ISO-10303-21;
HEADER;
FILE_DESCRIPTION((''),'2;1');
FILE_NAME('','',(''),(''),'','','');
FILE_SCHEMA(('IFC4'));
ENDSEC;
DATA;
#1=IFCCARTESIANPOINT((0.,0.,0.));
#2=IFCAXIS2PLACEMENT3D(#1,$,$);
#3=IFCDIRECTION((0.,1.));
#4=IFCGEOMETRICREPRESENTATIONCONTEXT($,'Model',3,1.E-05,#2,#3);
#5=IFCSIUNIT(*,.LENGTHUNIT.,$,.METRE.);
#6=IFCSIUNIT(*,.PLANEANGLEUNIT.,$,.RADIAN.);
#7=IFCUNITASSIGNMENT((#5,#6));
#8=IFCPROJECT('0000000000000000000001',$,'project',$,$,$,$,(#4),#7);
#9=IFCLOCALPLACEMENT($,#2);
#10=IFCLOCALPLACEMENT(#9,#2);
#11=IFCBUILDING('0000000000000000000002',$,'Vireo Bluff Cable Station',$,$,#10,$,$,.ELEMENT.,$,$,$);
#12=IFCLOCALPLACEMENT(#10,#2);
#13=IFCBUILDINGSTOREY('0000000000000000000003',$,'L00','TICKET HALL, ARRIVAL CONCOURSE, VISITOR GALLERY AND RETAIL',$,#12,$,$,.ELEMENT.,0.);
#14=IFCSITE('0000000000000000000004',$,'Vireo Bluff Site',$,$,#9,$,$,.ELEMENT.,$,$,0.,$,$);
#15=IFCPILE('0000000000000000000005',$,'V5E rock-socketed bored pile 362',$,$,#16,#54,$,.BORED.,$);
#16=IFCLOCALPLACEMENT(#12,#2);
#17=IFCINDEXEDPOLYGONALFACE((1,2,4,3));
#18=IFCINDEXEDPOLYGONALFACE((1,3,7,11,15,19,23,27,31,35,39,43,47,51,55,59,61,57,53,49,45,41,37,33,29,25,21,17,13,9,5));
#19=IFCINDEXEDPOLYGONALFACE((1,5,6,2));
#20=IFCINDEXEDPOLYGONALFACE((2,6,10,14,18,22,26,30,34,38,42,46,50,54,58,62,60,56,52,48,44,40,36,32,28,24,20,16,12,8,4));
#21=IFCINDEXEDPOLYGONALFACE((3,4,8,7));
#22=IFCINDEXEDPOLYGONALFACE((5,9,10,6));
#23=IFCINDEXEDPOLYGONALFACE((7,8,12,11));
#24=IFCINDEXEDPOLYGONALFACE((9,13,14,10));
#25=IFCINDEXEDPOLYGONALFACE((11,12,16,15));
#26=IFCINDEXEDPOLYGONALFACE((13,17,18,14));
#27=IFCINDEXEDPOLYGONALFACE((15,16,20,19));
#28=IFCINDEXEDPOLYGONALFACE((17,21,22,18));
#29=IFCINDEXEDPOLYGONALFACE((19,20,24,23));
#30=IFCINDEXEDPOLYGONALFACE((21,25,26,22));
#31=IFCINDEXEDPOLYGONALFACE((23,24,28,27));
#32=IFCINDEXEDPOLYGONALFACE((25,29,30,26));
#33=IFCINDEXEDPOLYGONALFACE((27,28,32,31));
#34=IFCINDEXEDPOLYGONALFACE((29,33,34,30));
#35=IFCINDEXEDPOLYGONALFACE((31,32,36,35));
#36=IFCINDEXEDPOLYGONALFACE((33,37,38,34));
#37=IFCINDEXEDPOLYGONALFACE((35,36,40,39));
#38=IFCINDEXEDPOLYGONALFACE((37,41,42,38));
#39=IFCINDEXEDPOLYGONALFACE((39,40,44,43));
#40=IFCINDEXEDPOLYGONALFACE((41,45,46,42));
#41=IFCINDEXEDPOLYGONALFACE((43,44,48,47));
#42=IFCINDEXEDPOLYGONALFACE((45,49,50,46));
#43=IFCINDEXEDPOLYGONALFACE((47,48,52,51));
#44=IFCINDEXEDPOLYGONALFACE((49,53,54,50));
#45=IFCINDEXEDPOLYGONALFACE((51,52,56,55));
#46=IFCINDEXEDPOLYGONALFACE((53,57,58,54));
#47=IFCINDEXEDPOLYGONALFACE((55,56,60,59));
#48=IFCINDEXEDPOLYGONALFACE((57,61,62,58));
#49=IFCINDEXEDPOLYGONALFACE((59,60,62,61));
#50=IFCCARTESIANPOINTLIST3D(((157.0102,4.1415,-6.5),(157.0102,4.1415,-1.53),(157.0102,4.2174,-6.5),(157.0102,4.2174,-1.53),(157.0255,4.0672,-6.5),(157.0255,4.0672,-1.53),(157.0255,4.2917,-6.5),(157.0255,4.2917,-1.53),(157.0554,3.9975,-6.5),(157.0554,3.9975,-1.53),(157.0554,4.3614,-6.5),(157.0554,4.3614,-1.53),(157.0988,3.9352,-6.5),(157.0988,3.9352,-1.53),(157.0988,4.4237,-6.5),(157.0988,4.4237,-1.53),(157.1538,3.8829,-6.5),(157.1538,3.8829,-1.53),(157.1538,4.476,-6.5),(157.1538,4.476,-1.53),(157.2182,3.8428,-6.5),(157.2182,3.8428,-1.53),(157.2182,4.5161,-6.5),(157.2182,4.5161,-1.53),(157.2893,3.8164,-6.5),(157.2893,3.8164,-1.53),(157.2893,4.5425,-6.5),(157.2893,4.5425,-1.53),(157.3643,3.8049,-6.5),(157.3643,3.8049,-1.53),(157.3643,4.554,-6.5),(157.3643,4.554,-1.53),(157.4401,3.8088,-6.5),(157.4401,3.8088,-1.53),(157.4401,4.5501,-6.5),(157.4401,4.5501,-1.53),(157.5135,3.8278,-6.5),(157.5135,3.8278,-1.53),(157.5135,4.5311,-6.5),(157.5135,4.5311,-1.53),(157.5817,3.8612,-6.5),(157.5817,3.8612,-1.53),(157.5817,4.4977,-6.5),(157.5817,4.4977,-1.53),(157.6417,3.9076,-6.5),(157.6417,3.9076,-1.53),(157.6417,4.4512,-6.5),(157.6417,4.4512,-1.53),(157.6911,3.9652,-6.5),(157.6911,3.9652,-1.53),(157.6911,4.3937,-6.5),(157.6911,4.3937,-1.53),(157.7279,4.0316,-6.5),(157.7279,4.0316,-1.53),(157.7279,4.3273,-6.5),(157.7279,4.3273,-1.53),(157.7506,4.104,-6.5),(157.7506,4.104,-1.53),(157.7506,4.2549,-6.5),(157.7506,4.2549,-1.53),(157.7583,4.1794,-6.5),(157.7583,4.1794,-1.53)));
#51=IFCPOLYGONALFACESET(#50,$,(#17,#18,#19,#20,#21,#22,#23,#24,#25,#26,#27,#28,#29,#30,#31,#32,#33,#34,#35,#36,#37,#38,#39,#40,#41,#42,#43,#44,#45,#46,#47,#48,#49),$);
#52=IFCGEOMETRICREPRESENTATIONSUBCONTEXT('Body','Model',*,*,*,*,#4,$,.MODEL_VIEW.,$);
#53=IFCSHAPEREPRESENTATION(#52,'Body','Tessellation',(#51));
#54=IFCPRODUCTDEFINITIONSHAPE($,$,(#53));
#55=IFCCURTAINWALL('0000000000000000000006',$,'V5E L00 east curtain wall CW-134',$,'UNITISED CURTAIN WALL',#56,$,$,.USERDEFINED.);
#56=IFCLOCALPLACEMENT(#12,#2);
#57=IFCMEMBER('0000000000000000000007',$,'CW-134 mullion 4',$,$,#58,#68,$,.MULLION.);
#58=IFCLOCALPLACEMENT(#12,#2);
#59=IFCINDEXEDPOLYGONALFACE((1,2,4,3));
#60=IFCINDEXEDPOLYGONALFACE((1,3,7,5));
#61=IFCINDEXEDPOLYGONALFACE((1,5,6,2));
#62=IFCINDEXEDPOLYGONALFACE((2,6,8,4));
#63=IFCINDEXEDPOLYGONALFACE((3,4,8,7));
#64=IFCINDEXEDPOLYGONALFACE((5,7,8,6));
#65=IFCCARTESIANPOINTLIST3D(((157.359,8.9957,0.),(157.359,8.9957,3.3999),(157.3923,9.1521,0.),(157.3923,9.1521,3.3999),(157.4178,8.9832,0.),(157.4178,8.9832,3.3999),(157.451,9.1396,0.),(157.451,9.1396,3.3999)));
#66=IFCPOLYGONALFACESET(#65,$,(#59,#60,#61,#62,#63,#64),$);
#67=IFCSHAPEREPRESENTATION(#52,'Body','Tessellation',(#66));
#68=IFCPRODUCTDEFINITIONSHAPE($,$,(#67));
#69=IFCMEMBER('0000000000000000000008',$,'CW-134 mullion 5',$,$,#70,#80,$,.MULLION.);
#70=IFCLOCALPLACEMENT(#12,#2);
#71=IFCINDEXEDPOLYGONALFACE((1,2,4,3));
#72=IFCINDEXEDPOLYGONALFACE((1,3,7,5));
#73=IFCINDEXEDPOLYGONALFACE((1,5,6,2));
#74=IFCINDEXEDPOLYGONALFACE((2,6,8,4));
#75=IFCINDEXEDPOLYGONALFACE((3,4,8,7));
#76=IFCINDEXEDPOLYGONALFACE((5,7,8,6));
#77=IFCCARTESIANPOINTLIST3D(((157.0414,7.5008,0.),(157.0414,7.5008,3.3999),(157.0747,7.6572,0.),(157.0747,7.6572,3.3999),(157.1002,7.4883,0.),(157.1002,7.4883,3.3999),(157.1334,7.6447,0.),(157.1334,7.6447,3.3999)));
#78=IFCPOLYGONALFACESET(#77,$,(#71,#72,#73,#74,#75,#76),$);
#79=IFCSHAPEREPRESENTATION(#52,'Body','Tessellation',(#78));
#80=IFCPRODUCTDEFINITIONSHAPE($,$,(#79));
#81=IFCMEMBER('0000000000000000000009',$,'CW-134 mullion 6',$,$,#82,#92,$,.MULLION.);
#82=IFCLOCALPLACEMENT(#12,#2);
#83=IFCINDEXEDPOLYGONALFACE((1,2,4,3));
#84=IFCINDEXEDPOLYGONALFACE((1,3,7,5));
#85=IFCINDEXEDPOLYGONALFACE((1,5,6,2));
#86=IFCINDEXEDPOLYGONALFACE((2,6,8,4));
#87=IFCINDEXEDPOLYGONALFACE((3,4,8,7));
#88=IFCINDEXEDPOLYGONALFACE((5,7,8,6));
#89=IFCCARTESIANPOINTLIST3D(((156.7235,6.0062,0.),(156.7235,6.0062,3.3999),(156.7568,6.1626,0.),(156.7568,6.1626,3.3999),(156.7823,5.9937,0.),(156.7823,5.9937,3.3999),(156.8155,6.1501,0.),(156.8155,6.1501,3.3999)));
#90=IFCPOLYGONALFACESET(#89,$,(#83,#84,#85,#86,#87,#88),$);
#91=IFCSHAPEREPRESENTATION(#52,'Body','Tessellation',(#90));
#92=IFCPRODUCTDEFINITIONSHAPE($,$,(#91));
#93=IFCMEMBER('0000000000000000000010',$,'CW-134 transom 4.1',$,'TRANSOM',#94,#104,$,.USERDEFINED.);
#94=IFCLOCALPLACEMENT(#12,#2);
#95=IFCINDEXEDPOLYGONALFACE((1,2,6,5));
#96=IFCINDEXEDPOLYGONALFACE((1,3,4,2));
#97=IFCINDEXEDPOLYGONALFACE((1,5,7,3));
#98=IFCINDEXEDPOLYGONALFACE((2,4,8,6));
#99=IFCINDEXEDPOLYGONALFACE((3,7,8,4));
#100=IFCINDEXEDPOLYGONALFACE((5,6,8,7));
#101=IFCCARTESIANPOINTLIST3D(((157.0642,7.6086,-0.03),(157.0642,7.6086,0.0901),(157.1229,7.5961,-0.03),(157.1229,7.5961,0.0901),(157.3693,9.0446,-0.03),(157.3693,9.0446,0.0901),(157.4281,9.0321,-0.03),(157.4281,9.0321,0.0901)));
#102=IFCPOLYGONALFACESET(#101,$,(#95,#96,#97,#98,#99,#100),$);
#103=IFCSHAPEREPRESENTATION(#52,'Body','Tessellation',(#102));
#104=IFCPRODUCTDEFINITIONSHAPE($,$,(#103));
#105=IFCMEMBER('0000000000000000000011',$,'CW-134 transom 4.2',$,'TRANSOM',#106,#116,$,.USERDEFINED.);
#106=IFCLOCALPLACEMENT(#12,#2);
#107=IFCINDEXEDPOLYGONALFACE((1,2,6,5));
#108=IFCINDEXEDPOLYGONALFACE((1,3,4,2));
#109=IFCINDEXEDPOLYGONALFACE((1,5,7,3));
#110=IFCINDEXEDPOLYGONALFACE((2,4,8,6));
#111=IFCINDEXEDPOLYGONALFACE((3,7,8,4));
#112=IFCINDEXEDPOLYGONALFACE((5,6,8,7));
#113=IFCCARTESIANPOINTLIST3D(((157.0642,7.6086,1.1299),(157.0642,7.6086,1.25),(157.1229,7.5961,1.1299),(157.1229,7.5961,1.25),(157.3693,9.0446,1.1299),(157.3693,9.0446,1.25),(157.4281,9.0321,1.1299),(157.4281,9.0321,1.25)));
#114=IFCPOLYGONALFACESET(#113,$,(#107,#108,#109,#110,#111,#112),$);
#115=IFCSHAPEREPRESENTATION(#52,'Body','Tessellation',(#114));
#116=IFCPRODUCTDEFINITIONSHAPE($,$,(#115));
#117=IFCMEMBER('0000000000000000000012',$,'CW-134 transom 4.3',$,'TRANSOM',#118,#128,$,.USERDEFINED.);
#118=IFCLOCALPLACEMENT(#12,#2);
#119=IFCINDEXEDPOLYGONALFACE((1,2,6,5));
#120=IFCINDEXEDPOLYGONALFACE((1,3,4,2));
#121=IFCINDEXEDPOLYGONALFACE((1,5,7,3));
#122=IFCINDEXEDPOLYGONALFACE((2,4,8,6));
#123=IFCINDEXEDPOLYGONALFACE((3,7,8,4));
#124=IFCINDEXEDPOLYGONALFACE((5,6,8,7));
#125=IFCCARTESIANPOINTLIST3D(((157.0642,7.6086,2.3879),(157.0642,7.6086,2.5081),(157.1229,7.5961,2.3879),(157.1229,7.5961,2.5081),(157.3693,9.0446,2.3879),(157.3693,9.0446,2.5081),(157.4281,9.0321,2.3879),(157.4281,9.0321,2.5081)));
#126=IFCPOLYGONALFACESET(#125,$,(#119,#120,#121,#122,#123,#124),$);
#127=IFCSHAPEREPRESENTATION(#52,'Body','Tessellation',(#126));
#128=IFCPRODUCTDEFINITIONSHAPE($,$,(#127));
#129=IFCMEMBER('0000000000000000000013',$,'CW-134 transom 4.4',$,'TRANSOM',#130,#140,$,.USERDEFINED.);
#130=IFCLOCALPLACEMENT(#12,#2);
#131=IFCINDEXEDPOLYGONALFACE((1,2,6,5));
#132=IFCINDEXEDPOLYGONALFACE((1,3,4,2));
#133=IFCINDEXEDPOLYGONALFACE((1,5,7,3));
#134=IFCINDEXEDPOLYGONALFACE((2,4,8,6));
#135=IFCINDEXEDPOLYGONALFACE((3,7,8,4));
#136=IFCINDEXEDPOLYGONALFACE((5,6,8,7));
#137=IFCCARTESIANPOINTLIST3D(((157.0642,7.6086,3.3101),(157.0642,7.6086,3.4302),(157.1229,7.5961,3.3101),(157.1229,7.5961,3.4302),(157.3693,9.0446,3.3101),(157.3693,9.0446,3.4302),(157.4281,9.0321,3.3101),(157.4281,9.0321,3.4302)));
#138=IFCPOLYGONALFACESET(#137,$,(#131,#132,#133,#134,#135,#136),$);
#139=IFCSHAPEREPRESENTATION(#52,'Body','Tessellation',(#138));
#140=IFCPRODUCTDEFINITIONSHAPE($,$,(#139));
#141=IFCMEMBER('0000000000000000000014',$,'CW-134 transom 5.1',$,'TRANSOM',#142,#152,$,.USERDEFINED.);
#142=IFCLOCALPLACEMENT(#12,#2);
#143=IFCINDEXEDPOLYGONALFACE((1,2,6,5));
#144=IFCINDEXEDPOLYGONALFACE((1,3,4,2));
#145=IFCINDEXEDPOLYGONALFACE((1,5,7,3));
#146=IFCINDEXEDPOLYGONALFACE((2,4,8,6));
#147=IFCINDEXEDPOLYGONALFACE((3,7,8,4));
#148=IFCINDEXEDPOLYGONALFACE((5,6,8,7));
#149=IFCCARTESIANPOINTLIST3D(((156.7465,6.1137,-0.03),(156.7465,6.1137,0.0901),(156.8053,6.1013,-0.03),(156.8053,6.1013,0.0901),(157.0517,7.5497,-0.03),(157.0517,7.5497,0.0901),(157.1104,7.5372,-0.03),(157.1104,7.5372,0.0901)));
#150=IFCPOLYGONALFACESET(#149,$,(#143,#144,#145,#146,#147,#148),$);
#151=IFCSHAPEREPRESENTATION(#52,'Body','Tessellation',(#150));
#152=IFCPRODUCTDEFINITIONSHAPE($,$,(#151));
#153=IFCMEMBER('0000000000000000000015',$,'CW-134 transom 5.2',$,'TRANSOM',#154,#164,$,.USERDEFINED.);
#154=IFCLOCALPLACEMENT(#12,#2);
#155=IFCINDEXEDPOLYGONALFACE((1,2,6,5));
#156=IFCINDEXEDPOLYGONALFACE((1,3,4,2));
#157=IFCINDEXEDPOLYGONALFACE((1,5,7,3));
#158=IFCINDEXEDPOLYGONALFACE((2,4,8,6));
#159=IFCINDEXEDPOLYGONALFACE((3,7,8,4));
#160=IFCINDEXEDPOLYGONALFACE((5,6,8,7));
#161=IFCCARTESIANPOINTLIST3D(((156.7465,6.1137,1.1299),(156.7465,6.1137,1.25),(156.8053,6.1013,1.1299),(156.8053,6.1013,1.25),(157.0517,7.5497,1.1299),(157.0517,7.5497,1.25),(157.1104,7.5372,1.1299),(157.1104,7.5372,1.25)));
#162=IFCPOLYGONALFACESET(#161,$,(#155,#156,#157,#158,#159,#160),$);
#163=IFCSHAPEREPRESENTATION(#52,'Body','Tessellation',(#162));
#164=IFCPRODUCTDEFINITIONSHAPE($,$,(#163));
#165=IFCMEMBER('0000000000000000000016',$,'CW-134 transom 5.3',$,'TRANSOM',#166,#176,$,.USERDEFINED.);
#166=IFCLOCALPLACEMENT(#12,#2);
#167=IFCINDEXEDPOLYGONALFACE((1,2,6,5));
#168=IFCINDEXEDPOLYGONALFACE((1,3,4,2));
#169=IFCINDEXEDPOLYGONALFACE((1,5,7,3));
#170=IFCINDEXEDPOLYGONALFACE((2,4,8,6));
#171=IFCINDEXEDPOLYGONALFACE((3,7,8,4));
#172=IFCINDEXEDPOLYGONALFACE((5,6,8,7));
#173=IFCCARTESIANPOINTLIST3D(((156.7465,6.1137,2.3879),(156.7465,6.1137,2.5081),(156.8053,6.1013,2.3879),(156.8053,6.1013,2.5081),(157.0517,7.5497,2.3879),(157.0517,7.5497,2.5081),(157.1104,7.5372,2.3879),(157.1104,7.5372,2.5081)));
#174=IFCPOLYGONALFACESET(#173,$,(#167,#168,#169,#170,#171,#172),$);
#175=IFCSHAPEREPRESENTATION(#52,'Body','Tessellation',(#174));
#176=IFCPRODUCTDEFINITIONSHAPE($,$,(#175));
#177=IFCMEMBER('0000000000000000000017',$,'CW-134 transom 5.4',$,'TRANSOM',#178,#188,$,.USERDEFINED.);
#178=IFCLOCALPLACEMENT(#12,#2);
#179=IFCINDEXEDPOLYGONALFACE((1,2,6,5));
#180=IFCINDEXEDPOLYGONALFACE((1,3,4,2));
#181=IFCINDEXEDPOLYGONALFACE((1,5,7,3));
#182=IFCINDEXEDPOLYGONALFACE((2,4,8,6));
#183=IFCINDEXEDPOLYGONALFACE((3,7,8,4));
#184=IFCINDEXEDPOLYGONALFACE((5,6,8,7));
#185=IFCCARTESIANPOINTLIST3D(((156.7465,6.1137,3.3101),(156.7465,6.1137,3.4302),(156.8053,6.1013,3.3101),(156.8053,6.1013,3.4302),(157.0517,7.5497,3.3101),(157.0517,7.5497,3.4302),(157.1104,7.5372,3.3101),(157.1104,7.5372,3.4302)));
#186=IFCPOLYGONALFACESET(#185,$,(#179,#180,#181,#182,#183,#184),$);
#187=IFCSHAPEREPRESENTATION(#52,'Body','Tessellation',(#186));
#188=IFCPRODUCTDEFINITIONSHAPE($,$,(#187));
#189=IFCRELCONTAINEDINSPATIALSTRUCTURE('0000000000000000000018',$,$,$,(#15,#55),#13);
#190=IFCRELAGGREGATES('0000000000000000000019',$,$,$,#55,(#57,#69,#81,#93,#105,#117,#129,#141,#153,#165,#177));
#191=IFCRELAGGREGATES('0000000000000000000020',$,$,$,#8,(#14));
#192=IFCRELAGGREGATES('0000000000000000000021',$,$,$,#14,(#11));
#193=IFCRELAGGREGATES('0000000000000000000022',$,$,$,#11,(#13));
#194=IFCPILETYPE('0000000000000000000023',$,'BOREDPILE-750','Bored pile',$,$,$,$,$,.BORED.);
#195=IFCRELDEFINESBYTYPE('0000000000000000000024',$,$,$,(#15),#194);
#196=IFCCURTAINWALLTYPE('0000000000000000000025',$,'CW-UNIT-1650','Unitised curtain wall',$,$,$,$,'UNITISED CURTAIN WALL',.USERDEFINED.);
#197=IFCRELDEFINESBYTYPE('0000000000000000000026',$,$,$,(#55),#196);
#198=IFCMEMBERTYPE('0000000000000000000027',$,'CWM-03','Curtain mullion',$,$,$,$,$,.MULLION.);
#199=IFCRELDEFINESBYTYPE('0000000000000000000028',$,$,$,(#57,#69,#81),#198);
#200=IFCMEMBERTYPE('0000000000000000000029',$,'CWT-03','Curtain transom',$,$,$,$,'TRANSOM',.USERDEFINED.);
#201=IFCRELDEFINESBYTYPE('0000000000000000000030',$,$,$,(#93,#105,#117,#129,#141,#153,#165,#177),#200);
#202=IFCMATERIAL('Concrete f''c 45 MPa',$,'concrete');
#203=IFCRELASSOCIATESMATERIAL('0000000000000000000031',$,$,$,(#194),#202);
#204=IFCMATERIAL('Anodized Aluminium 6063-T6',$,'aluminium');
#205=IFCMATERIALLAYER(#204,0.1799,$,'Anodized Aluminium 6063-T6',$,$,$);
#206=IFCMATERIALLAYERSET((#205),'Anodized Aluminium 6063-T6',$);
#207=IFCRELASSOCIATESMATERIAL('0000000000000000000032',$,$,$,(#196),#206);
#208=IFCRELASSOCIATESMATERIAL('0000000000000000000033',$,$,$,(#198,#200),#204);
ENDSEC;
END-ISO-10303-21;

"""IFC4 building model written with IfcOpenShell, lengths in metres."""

from ifc_helpers import new_model, si_unit, direction, frame, origin, origin_2d, place, context, subcontext, project, spatial, rectangle, circle, extrude, material, layer, layer_set, material_profile, profile_set, type_object, element, aggregate, save


model = new_model("IFC4")

# Units and contexts
model_context = context("Model", 3, precision=1e-05, world=origin(), true_north=direction((0.0, 1.0)))
body_context = subcontext(model_context, "Body", "Model", "MODEL_VIEW")
ifc_project = project(units=[si_unit("LENGTHUNIT", "METRE"), si_unit("PLANEANGLEUNIT", "RADIAN")], contexts=[model_context])

# Site, building, storey
site_placement = place(None, origin())
site = spatial("IfcSite", under=ifc_project, at=site_placement, Name="Vireo Bluff Site", CompositionType="ELEMENT", RefElevation=0.0)
building_placement = place(site_placement, origin())
building = spatial("IfcBuilding", under=site, at=building_placement, Name="Vireo Bluff Cable Station", CompositionType="ELEMENT")
storey_placement = place(building_placement, origin())
storey = spatial("IfcBuildingStorey", under=building, at=storey_placement, Name="L00", Description="TICKET HALL, ARRIVAL CONCOURSE, VISITOR GALLERY AND RETAIL", CompositionType="ELEMENT", Elevation=0.0)

# Pile
ifc_material_1 = material(Name="Concrete f'c 45 MPa", Category="concrete")
ifc_material_profile_1 = material_profile(ifc_material_1, circle(Radius=0.375, at=origin_2d()), Name="BOREDPILE-750")
ifc_profile_set_1 = profile_set([ifc_material_profile_1], Name="Concrete f'c 45 MPa")
pile_type = type_object("IfcPileType", Name="BOREDPILE-750", Description="Bored pile", PredefinedType="BORED", material=ifc_profile_set_1)
pile_placement = place(storey_placement, frame((157.3833, 4.1794, -1.53), z_axis=(0.0, 0.0, -1.0), x_axis=(1.0, 0.0, 0.0)))
element("IfcPile", 1, at=pile_placement, inside=storey, type_object=pile_type, Name="V5E rock-socketed bored pile 362", PredefinedType="BORED", context=body_context, shape_type="SweptSolid", body=[
    extrude(circle(Radius=0.375, at=origin_2d()), origin(), (0.0, 0.0, 1.0), 4.97),
])

# Curtain wall, members
ifc_material_2 = material(Name="Anodized Aluminium 6063-T6", Category="aluminium")
ifc_layer_1 = layer(ifc_material_2, 0.1799, Name="Anodized Aluminium 6063-T6")
ifc_layer_set_1 = layer_set([ifc_layer_1], Name="Anodized Aluminium 6063-T6")
curtain_wall_type = type_object("IfcCurtainWallType", Name="CW-UNIT-1650", Description="Unitised curtain wall", ElementType="UNITISED CURTAIN WALL", PredefinedType="USERDEFINED", material=ifc_layer_set_1)
curtain_wall_placement = place(storey_placement, origin())
curtain_wall = element("IfcCurtainWall", 2, at=curtain_wall_placement, inside=storey, type_object=curtain_wall_type, Name="V5E L00 east curtain wall CW-134", ObjectType="UNITISED CURTAIN WALL", PredefinedType="USERDEFINED")
ifc_material_profile_2 = material_profile(ifc_material_2, rectangle(XDim=0.0601, YDim=0.1599, at=origin_2d()), Name="ALU-M-60X160")
ifc_profile_set_2 = profile_set([ifc_material_profile_2], Name="Anodized Aluminium 6063-T6")
member_type_1 = type_object("IfcMemberType", Name="CWM-03", Description="Curtain mullion", PredefinedType="MULLION", material=ifc_profile_set_2)
member_1_placement = place(storey_placement, frame((157.405, 9.0676, 0.0), z_axis=(0.0, 0.0, 1.0), x_axis=(0.978148, -0.207912, 0.0)))
member_1 = element("IfcMember", 3, at=member_1_placement, type_object=member_type_1, Name="CW-134 mullion 4", PredefinedType="MULLION", context=body_context, shape_type="SweptSolid", body=[
    extrude(rectangle(XDim=0.0601, YDim=0.1599, at=origin_2d()), origin(), (0.0, 0.0, 1.0), 3.3999),
])
member_2_placement = place(storey_placement, frame((157.0874, 7.5728, 0.0), z_axis=(0.0, 0.0, 1.0), x_axis=(0.978148, -0.207912, 0.0)))
member_2 = element("IfcMember", 4, at=member_2_placement, type_object=member_type_1, Name="CW-134 mullion 5", PredefinedType="MULLION", context=body_context, shape_type="SweptSolid", body=[
    extrude(rectangle(XDim=0.0601, YDim=0.1599, at=origin_2d()), origin(), (0.0, 0.0, 1.0), 3.3999),
])
member_3_placement = place(storey_placement, frame((156.7695, 6.0781, 0.0), z_axis=(0.0, 0.0, 1.0), x_axis=(0.978148, -0.207912, 0.0)))
member_3 = element("IfcMember", 5, at=member_3_placement, type_object=member_type_1, Name="CW-134 mullion 6", PredefinedType="MULLION", context=body_context, shape_type="SweptSolid", body=[
    extrude(rectangle(XDim=0.0601, YDim=0.1599, at=origin_2d()), origin(), (0.0, 0.0, 1.0), 3.3999),
])
ifc_material_profile_3 = material_profile(ifc_material_2, rectangle(XDim=0.0601, YDim=0.1201, at=origin_2d()), Name="ALU-T-60X120")
ifc_profile_set_3 = profile_set([ifc_material_profile_3], Name="Anodized Aluminium 6063-T6")
member_type_2 = type_object("IfcMemberType", Name="CWT-03", Description="Curtain transom", ElementType="TRANSOM", PredefinedType="USERDEFINED", material=ifc_profile_set_3)
member_4_placement = place(storey_placement, frame((157.3987, 9.0383, 0.03), z_axis=(-0.207871, -0.978156, 0.0), x_axis=(0.978156, -0.207871, 0.0)))
member_4 = element("IfcMember", 6, at=member_4_placement, type_object=member_type_2, Name="CW-134 transom 4.1", ObjectType="TRANSOM", PredefinedType="USERDEFINED", context=body_context, shape_type="SweptSolid", body=[
    extrude(rectangle(XDim=0.0601, YDim=0.1201, at=origin_2d()), origin(), (0.0, 0.0, 1.0), 1.468),
])
member_5_placement = place(storey_placement, frame((157.3987, 9.0383, 1.1899), z_axis=(-0.207871, -0.978156, 0.0), x_axis=(0.978156, -0.207871, 0.0)))
member_5 = element("IfcMember", 7, at=member_5_placement, type_object=member_type_2, Name="CW-134 transom 4.2", ObjectType="TRANSOM", PredefinedType="USERDEFINED", context=body_context, shape_type="SweptSolid", body=[
    extrude(rectangle(XDim=0.0601, YDim=0.1201, at=origin_2d()), origin(), (0.0, 0.0, 1.0), 1.468),
])
member_6_placement = place(storey_placement, frame((157.3987, 9.0383, 2.448), z_axis=(-0.207871, -0.978156, 0.0), x_axis=(0.978156, -0.207871, 0.0)))
member_6 = element("IfcMember", 8, at=member_6_placement, type_object=member_type_2, Name="CW-134 transom 4.3", ObjectType="TRANSOM", PredefinedType="USERDEFINED", context=body_context, shape_type="SweptSolid", body=[
    extrude(rectangle(XDim=0.0601, YDim=0.1201, at=origin_2d()), origin(), (0.0, 0.0, 1.0), 1.468),
])
member_7_placement = place(storey_placement, frame((157.3987, 9.0383, 3.3701), z_axis=(-0.207871, -0.978156, 0.0), x_axis=(0.978156, -0.207871, 0.0)))
member_7 = element("IfcMember", 9, at=member_7_placement, type_object=member_type_2, Name="CW-134 transom 4.4", ObjectType="TRANSOM", PredefinedType="USERDEFINED", context=body_context, shape_type="SweptSolid", body=[
    extrude(rectangle(XDim=0.0601, YDim=0.1201, at=origin_2d()), origin(), (0.0, 0.0, 1.0), 1.468),
])
member_8_placement = place(storey_placement, frame((157.0811, 7.5435, 0.03), z_axis=(-0.207871, -0.978156, 0.0), x_axis=(0.978156, -0.207871, 0.0)))
member_8 = element("IfcMember", 10, at=member_8_placement, type_object=member_type_2, Name="CW-134 transom 5.1", ObjectType="TRANSOM", PredefinedType="USERDEFINED", context=body_context, shape_type="SweptSolid", body=[
    extrude(rectangle(XDim=0.0601, YDim=0.1201, at=origin_2d()), origin(), (0.0, 0.0, 1.0), 1.468),
])
member_9_placement = place(storey_placement, frame((157.0811, 7.5435, 1.1899), z_axis=(-0.207871, -0.978156, 0.0), x_axis=(0.978156, -0.207871, 0.0)))
member_9 = element("IfcMember", 11, at=member_9_placement, type_object=member_type_2, Name="CW-134 transom 5.2", ObjectType="TRANSOM", PredefinedType="USERDEFINED", context=body_context, shape_type="SweptSolid", body=[
    extrude(rectangle(XDim=0.0601, YDim=0.1201, at=origin_2d()), origin(), (0.0, 0.0, 1.0), 1.468),
])
member_10_placement = place(storey_placement, frame((157.0811, 7.5435, 2.448), z_axis=(-0.207871, -0.978156, 0.0), x_axis=(0.978156, -0.207871, 0.0)))
member_10 = element("IfcMember", 12, at=member_10_placement, type_object=member_type_2, Name="CW-134 transom 5.3", ObjectType="TRANSOM", PredefinedType="USERDEFINED", context=body_context, shape_type="SweptSolid", body=[
    extrude(rectangle(XDim=0.0601, YDim=0.1201, at=origin_2d()), origin(), (0.0, 0.0, 1.0), 1.468),
])
member_11_placement = place(storey_placement, frame((157.0811, 7.5435, 3.3701), z_axis=(-0.207871, -0.978156, 0.0), x_axis=(0.978156, -0.207871, 0.0)))
member_11 = element("IfcMember", 13, at=member_11_placement, type_object=member_type_2, Name="CW-134 transom 5.4", ObjectType="TRANSOM", PredefinedType="USERDEFINED", context=body_context, shape_type="SweptSolid", body=[
    extrude(rectangle(XDim=0.0601, YDim=0.1201, at=origin_2d()), origin(), (0.0, 0.0, 1.0), 1.468),
])
aggregate(curtain_wall, [member_1, member_2, member_3, member_4, member_5, member_6, member_7, member_8, member_9, member_10, member_11])

save(model, "model.ifc")
